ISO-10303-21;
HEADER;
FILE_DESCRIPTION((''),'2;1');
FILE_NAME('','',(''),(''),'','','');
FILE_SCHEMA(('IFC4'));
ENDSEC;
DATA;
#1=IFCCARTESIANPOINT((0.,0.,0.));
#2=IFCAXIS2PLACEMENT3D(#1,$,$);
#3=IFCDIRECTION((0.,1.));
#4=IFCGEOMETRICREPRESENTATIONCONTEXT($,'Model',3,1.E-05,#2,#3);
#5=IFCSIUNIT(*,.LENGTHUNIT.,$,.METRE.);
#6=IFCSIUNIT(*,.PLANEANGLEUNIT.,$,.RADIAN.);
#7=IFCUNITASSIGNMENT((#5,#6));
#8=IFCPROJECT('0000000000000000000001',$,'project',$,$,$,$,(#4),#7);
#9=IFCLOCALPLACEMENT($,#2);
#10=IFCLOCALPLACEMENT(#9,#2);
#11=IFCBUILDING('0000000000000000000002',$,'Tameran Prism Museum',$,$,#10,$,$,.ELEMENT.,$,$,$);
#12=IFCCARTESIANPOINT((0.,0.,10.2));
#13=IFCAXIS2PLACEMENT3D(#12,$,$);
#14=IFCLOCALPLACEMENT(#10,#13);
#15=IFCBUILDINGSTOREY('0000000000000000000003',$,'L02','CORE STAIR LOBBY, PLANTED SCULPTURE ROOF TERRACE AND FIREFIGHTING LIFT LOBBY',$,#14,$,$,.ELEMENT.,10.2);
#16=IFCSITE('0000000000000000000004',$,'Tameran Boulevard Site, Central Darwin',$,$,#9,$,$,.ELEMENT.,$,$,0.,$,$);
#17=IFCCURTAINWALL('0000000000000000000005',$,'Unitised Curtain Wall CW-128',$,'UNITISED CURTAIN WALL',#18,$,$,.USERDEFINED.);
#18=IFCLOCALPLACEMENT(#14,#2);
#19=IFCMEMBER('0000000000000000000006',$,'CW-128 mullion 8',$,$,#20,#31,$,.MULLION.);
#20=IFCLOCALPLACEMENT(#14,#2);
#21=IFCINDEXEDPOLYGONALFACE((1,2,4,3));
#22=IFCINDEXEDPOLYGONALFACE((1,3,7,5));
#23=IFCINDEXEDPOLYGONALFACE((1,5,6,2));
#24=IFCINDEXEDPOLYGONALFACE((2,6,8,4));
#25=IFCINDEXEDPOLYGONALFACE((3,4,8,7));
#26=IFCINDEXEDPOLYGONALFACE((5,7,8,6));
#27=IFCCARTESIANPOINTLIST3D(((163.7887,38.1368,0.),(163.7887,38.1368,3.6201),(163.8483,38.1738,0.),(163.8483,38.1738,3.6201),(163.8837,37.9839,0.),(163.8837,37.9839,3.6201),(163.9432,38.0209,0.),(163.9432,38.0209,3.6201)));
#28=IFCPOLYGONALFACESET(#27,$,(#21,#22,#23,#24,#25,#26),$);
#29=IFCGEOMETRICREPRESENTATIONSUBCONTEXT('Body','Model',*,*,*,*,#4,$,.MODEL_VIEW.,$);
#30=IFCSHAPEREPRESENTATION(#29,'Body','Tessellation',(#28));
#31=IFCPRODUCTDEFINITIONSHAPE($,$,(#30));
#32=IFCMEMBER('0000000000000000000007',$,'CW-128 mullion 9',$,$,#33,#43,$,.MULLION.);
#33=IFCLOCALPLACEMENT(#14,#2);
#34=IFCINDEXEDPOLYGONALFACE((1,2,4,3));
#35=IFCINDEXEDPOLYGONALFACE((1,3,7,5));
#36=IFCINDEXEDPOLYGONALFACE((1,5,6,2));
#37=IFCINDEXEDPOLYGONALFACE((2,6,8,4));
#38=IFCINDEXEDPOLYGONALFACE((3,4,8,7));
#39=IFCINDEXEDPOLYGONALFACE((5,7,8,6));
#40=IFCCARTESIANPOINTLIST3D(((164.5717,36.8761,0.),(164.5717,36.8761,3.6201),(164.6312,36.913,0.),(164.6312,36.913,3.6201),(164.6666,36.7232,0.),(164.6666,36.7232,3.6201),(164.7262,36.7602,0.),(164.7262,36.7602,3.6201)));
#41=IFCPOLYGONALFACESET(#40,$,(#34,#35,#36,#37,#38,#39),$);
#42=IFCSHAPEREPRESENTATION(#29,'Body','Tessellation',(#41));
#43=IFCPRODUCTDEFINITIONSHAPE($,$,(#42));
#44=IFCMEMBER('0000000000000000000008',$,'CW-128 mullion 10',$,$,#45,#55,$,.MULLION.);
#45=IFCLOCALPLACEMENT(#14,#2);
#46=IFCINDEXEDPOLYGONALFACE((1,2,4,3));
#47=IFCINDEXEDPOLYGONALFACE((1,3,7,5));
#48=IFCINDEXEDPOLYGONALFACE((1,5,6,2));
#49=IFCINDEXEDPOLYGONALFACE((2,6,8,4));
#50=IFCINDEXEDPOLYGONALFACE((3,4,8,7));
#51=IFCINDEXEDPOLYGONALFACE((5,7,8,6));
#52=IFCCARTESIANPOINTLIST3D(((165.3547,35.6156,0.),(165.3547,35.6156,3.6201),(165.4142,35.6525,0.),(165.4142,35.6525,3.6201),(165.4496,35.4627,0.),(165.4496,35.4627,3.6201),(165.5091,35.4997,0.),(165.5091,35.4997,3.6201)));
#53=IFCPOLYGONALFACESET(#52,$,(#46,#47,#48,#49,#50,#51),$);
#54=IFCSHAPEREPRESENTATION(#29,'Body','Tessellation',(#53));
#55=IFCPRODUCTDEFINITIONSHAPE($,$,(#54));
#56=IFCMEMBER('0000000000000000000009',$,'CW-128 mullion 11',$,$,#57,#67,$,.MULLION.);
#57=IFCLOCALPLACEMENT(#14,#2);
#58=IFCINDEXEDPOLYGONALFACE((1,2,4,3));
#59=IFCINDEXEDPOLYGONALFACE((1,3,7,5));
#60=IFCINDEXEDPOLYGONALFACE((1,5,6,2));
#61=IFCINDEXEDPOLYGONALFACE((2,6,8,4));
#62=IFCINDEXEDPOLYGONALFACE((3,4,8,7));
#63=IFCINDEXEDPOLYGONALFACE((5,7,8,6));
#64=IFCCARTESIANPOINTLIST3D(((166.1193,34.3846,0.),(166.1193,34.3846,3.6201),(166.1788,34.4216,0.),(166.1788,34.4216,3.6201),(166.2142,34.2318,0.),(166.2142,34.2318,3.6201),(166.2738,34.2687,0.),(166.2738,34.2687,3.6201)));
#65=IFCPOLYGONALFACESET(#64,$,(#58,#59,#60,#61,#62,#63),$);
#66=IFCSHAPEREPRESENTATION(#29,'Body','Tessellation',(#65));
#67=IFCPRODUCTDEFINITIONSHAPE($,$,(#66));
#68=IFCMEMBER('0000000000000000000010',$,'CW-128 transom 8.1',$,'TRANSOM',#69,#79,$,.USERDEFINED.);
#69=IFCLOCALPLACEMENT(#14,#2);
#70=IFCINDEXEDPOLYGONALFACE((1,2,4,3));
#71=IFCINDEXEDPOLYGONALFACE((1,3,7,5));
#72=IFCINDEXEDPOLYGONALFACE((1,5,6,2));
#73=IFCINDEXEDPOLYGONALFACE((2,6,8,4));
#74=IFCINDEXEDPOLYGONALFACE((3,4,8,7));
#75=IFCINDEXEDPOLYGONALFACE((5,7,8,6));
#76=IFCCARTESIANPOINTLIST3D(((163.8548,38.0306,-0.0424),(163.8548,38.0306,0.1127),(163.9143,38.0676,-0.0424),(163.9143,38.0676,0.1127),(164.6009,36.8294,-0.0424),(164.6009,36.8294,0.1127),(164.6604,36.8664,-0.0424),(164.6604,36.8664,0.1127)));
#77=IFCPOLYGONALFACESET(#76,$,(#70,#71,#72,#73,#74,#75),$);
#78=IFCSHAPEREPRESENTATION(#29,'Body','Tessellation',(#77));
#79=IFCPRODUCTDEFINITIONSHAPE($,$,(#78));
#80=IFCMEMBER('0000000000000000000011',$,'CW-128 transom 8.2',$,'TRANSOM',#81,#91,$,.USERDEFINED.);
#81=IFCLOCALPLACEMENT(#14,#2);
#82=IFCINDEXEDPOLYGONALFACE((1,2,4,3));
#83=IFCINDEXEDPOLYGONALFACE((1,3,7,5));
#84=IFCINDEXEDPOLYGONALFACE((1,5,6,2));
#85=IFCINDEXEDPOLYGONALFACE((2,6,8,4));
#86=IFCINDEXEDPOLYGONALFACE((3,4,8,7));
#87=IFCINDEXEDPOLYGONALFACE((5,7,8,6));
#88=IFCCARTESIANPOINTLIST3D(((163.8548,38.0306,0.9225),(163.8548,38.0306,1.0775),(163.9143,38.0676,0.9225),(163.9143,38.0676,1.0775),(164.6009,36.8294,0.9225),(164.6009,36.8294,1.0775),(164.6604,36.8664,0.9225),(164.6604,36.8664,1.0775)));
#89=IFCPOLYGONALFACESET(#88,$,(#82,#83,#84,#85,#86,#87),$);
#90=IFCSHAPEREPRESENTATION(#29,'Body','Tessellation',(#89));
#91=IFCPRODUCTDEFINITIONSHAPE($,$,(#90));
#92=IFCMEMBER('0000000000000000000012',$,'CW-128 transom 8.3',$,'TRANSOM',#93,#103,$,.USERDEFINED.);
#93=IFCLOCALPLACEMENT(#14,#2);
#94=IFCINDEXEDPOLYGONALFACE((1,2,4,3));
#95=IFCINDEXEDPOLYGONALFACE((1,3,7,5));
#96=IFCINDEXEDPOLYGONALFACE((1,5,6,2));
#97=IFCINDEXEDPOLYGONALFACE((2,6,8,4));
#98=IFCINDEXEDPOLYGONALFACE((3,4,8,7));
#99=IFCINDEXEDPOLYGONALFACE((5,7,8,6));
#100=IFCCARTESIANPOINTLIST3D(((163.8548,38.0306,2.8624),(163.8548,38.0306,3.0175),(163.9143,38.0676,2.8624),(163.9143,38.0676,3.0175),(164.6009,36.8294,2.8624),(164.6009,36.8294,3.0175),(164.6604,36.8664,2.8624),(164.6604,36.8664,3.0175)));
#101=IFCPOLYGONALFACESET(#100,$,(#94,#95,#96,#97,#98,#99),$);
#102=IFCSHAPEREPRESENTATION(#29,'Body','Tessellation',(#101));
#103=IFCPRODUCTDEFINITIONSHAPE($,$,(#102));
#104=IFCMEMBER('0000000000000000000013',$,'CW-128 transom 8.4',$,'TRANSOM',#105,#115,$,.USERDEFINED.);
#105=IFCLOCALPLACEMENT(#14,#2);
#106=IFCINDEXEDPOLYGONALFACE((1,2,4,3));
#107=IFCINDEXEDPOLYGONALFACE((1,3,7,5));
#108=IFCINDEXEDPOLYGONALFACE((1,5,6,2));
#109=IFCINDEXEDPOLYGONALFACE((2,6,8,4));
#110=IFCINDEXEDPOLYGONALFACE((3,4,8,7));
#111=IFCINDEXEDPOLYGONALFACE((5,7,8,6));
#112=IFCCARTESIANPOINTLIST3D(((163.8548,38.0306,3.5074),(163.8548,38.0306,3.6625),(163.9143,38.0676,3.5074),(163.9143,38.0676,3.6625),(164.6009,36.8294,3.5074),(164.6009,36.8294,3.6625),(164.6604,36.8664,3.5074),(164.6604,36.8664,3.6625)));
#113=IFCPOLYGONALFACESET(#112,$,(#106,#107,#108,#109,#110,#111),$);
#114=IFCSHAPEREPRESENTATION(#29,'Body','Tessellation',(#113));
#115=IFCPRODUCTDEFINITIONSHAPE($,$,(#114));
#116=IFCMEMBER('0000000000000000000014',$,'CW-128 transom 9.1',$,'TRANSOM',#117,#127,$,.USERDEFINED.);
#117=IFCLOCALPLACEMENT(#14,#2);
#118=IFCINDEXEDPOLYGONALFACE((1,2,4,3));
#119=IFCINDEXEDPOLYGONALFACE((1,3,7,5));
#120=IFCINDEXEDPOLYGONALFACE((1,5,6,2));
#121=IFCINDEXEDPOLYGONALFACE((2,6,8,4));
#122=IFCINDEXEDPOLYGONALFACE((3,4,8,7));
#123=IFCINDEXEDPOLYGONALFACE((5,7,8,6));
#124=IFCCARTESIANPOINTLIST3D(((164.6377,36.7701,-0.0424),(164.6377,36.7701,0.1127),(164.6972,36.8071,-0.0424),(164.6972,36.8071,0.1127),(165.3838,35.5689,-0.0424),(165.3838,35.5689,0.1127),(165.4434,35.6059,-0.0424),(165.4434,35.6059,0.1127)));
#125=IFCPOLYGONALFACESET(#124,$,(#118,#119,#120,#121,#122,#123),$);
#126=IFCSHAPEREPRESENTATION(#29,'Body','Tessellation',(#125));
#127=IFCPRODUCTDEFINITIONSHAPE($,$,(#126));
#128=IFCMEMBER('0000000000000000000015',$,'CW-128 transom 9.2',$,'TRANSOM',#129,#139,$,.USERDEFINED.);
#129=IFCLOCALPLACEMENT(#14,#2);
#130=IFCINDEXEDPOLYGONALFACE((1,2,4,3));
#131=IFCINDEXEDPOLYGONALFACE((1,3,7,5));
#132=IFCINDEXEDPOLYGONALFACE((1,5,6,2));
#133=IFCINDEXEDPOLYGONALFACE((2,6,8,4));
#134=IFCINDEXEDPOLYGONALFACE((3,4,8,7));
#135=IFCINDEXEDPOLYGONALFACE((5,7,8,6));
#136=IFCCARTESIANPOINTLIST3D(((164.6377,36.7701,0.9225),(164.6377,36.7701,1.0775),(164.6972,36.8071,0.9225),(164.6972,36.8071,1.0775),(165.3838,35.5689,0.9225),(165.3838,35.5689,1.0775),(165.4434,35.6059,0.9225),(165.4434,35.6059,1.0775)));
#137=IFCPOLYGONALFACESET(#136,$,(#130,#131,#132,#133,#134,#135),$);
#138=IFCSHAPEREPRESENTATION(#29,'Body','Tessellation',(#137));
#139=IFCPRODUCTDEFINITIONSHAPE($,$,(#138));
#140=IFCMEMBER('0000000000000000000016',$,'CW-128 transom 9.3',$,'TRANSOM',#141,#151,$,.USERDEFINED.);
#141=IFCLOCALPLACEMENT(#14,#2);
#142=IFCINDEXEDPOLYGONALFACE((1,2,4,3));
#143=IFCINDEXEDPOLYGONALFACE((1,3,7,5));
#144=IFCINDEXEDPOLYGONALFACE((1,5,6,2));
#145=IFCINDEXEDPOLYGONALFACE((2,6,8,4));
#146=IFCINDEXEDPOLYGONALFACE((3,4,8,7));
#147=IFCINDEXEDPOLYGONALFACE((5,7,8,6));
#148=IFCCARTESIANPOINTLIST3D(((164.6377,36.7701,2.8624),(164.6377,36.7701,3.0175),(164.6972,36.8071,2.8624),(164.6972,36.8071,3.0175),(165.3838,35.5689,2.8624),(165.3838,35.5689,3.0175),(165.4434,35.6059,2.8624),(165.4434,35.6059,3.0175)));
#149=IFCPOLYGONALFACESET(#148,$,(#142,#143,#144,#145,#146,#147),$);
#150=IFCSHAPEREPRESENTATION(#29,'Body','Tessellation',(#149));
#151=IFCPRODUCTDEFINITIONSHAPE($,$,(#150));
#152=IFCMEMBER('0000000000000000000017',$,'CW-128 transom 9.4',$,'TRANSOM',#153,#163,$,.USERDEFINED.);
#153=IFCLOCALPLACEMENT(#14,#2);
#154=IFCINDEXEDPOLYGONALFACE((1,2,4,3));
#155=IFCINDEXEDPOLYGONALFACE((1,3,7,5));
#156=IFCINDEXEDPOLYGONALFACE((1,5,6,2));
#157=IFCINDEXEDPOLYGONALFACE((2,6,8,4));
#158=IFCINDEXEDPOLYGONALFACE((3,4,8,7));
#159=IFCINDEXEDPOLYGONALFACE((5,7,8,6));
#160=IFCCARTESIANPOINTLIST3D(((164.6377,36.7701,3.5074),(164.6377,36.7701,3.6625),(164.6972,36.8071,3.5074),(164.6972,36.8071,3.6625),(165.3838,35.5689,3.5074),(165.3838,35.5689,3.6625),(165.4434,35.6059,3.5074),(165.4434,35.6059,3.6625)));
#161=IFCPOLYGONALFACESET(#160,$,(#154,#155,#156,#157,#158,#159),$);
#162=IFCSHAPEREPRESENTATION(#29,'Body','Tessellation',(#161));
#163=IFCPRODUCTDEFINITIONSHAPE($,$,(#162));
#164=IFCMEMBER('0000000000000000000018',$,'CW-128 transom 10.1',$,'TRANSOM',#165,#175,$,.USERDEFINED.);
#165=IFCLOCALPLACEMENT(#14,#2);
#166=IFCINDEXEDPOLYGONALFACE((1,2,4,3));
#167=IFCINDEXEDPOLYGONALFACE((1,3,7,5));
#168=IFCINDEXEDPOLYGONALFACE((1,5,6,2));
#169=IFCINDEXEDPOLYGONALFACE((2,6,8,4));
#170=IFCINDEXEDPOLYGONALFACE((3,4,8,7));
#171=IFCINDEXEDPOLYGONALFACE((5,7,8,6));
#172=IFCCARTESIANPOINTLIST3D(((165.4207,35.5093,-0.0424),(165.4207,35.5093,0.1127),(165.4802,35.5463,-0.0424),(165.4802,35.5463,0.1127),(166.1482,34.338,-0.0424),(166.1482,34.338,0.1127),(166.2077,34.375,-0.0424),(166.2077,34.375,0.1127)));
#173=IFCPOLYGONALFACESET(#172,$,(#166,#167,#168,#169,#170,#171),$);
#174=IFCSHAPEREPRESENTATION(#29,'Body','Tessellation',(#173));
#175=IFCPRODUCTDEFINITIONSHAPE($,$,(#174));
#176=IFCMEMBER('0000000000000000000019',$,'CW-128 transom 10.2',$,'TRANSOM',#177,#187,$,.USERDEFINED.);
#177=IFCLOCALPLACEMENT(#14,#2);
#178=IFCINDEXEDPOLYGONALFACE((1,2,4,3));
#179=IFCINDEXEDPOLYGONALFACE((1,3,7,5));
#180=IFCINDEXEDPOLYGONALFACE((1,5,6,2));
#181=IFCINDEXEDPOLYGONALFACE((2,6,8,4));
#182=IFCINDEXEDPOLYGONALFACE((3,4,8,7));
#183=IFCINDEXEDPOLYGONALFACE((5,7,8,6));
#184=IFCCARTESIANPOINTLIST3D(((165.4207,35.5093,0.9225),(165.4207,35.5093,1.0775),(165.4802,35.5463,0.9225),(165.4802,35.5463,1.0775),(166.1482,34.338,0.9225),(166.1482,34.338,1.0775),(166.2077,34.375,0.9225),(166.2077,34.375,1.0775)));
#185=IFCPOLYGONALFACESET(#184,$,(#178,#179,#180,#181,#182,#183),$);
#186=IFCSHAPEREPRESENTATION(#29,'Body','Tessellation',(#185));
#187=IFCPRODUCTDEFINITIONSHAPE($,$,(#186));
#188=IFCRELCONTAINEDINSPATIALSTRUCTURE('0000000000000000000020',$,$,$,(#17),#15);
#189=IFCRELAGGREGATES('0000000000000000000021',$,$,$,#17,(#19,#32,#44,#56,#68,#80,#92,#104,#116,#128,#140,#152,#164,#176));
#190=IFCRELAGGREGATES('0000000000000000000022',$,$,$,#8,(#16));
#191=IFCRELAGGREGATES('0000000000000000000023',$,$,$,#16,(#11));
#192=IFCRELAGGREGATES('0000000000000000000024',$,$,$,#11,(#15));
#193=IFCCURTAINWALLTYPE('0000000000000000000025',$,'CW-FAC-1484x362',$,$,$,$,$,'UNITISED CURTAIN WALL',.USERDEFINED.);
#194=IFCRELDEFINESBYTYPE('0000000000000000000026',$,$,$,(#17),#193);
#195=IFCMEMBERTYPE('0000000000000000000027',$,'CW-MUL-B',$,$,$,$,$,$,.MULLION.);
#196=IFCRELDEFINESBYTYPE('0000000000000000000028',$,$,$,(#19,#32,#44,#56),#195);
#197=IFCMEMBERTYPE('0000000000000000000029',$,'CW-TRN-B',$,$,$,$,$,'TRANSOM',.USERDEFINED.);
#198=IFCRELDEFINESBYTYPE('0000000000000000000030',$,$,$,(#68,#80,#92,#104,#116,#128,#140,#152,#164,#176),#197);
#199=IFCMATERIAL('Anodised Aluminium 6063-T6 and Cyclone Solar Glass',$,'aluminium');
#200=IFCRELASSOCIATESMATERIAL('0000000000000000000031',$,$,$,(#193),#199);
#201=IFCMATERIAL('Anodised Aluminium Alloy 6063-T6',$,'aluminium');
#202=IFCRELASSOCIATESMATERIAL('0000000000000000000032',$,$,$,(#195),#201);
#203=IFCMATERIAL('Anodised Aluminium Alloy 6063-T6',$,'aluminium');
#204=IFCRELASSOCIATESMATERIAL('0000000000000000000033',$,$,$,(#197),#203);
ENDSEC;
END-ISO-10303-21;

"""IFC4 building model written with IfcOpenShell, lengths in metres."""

from ifc_helpers import new_model, si_unit, direction, frame, origin, origin_2d, place, context, subcontext, project, spatial, rectangle, extrude, material, material_profile, profile_set, type_object, element, aggregate, save


model = new_model("IFC4")

# Units and contexts
model_context = context("Model", 3, precision=1e-05, world=origin(), true_north=direction((0.0, 1.0)))
body_context = subcontext(model_context, "Body", "Model", "MODEL_VIEW")
ifc_project = project(units=[si_unit("LENGTHUNIT", "METRE"), si_unit("PLANEANGLEUNIT", "RADIAN")], contexts=[model_context])

# Site, building, storey
site_placement = place(None, origin())
site = spatial("IfcSite", under=ifc_project, at=site_placement, Name="Tameran Boulevard Site, Central Darwin", CompositionType="ELEMENT", RefElevation=0.0)
building_placement = place(site_placement, origin())
building = spatial("IfcBuilding", under=site, at=building_placement, Name="Tameran Prism Museum", CompositionType="ELEMENT")
storey_placement = place(building_placement, frame((0.0, 0.0, 10.2)))
storey = spatial("IfcBuildingStorey", under=building, at=storey_placement, Name="L02", Description="CORE STAIR LOBBY, PLANTED SCULPTURE ROOF TERRACE AND FIREFIGHTING LIFT LOBBY", CompositionType="ELEMENT", Elevation=10.2)

# Curtain wall, members
ifc_material_1 = material(Name="Anodised Aluminium 6063-T6 and Cyclone Solar Glass", Category="aluminium")
curtain_wall_type = type_object("IfcCurtainWallType", Name="CW-FAC-1484x362", ElementType="UNITISED CURTAIN WALL", PredefinedType="USERDEFINED", material=ifc_material_1)
curtain_wall_placement = place(storey_placement, origin())
curtain_wall = element("IfcCurtainWall", 1, at=curtain_wall_placement, inside=storey, type_object=curtain_wall_type, Name="Unitised Curtain Wall CW-128", ObjectType="UNITISED CURTAIN WALL", PredefinedType="USERDEFINED")
ifc_material_2 = material(Name="Anodised Aluminium Alloy 6063-T6", Category="aluminium")
ifc_material_profile_1 = material_profile(ifc_material_2, rectangle(XDim=0.0701, YDim=0.1799, at=origin_2d()))
ifc_profile_set_1 = profile_set([ifc_material_profile_1])
member_type_1 = type_object("IfcMemberType", Name="CW-MUL-B", PredefinedType="MULLION", material=ifc_profile_set_1)
member_1_placement = place(storey_placement, frame((163.866, 38.0789, 0.0), z_axis=(0.0, 0.0, 1.0), x_axis=(0.849471, 0.527635, 0.0)))
member_1 = element("IfcMember", 2, at=member_1_placement, type_object=member_type_1, Name="CW-128 mullion 8", PredefinedType="MULLION", context=body_context, shape_type="SweptSolid", body=[
    extrude(rectangle(XDim=0.0701, YDim=0.1799, at=origin_2d()), origin(), (0.0, 0.0, 1.0), 3.6201),
])
member_2_placement = place(storey_placement, frame((164.6489, 36.8181, 0.0), z_axis=(0.0, 0.0, 1.0), x_axis=(0.849471, 0.527635, 0.0)))
member_2 = element("IfcMember", 3, at=member_2_placement, type_object=member_type_1, Name="CW-128 mullion 9", PredefinedType="MULLION", context=body_context, shape_type="SweptSolid", body=[
    extrude(rectangle(XDim=0.0701, YDim=0.1799, at=origin_2d()), origin(), (0.0, 0.0, 1.0), 3.6201),
])
member_3_placement = place(storey_placement, frame((165.4319, 35.5576, 0.0), z_axis=(0.0, 0.0, 1.0), x_axis=(0.849471, 0.527635, 0.0)))
member_3 = element("IfcMember", 4, at=member_3_placement, type_object=member_type_1, Name="CW-128 mullion 10", PredefinedType="MULLION", context=body_context, shape_type="SweptSolid", body=[
    extrude(rectangle(XDim=0.0701, YDim=0.1799, at=origin_2d()), origin(), (0.0, 0.0, 1.0), 3.6201),
])
member_4_placement = place(storey_placement, frame((166.1965, 34.3267, 0.0), z_axis=(0.0, 0.0, 1.0), x_axis=(0.849471, 0.527635, 0.0)))
member_4 = element("IfcMember", 5, at=member_4_placement, type_object=member_type_1, Name="CW-128 mullion 11", PredefinedType="MULLION", context=body_context, shape_type="SweptSolid", body=[
    extrude(rectangle(XDim=0.0701, YDim=0.1799, at=origin_2d()), origin(), (0.0, 0.0, 1.0), 3.6201),
])
ifc_material_3 = material(Name="Anodised Aluminium Alloy 6063-T6", Category="aluminium")
ifc_material_profile_2 = material_profile(ifc_material_3, rectangle(XDim=0.0701, YDim=0.155, at=origin_2d()))
ifc_profile_set_2 = profile_set([ifc_material_profile_2])
member_type_2 = type_object("IfcMemberType", Name="CW-TRN-B", ElementType="TRANSOM", PredefinedType="USERDEFINED", material=ifc_profile_set_2)
member_5_placement = place(storey_placement, frame((163.8845, 38.0491, 0.0352), z_axis=(0.527638, -0.849469, 0.0), x_axis=(0.849469, 0.527638, 0.0)))
member_5 = element("IfcMember", 6, at=member_5_placement, type_object=member_type_2, Name="CW-128 transom 8.1", ObjectType="TRANSOM", PredefinedType="USERDEFINED", context=body_context, shape_type="SweptSolid", body=[
    extrude(rectangle(XDim=0.0701, YDim=0.155, at=origin_2d()), origin(), (0.0, 0.0, 1.0), 1.4141),
])
member_6_placement = place(storey_placement, frame((163.8845, 38.0491, 1.0), z_axis=(0.527638, -0.849469, 0.0), x_axis=(0.849469, 0.527638, 0.0)))
member_6 = element("IfcMember", 7, at=member_6_placement, type_object=member_type_2, Name="CW-128 transom 8.2", ObjectType="TRANSOM", PredefinedType="USERDEFINED", context=body_context, shape_type="SweptSolid", body=[
    extrude(rectangle(XDim=0.0701, YDim=0.155, at=origin_2d()), origin(), (0.0, 0.0, 1.0), 1.4141),
])
member_7_placement = place(storey_placement, frame((163.8845, 38.0491, 2.9399), z_axis=(0.527638, -0.849469, 0.0), x_axis=(0.849469, 0.527638, 0.0)))
member_7 = element("IfcMember", 8, at=member_7_placement, type_object=member_type_2, Name="CW-128 transom 8.3", ObjectType="TRANSOM", PredefinedType="USERDEFINED", context=body_context, shape_type="SweptSolid", body=[
    extrude(rectangle(XDim=0.0701, YDim=0.155, at=origin_2d()), origin(), (0.0, 0.0, 1.0), 1.4141),
])
member_8_placement = place(storey_placement, frame((163.8845, 38.0491, 3.585), z_axis=(0.527638, -0.849469, 0.0), x_axis=(0.849469, 0.527638, 0.0)))
member_8 = element("IfcMember", 9, at=member_8_placement, type_object=member_type_2, Name="CW-128 transom 8.4", ObjectType="TRANSOM", PredefinedType="USERDEFINED", context=body_context, shape_type="SweptSolid", body=[
    extrude(rectangle(XDim=0.0701, YDim=0.155, at=origin_2d()), origin(), (0.0, 0.0, 1.0), 1.4141),
])
member_9_placement = place(storey_placement, frame((164.6675, 36.7886, 0.0352), z_axis=(0.527638, -0.849469, 0.0), x_axis=(0.849469, 0.527638, 0.0)))
member_9 = element("IfcMember", 10, at=member_9_placement, type_object=member_type_2, Name="CW-128 transom 9.1", ObjectType="TRANSOM", PredefinedType="USERDEFINED", context=body_context, shape_type="SweptSolid", body=[
    extrude(rectangle(XDim=0.0701, YDim=0.155, at=origin_2d()), origin(), (0.0, 0.0, 1.0), 1.4141),
])
member_10_placement = place(storey_placement, frame((164.6675, 36.7886, 1.0), z_axis=(0.527638, -0.849469, 0.0), x_axis=(0.849469, 0.527638, 0.0)))
member_10 = element("IfcMember", 11, at=member_10_placement, type_object=member_type_2, Name="CW-128 transom 9.2", ObjectType="TRANSOM", PredefinedType="USERDEFINED", context=body_context, shape_type="SweptSolid", body=[
    extrude(rectangle(XDim=0.0701, YDim=0.155, at=origin_2d()), origin(), (0.0, 0.0, 1.0), 1.4141),
])
member_11_placement = place(storey_placement, frame((164.6675, 36.7886, 2.9399), z_axis=(0.527638, -0.849469, 0.0), x_axis=(0.849469, 0.527638, 0.0)))
member_11 = element("IfcMember", 12, at=member_11_placement, type_object=member_type_2, Name="CW-128 transom 9.3", ObjectType="TRANSOM", PredefinedType="USERDEFINED", context=body_context, shape_type="SweptSolid", body=[
    extrude(rectangle(XDim=0.0701, YDim=0.155, at=origin_2d()), origin(), (0.0, 0.0, 1.0), 1.4141),
])
member_12_placement = place(storey_placement, frame((164.6675, 36.7886, 3.585), z_axis=(0.527638, -0.849469, 0.0), x_axis=(0.849469, 0.527638, 0.0)))
member_12 = element("IfcMember", 13, at=member_12_placement, type_object=member_type_2, Name="CW-128 transom 9.4", ObjectType="TRANSOM", PredefinedType="USERDEFINED", context=body_context, shape_type="SweptSolid", body=[
    extrude(rectangle(XDim=0.0701, YDim=0.155, at=origin_2d()), origin(), (0.0, 0.0, 1.0), 1.4141),
])
member_13_placement = place(storey_placement, frame((165.4504, 35.5278, 0.0352), z_axis=(0.52761, -0.849487, 0.0), x_axis=(0.849487, 0.52761, 0.0)))
member_13 = element("IfcMember", 14, at=member_13_placement, type_object=member_type_2, Name="CW-128 transom 10.1", ObjectType="TRANSOM", PredefinedType="USERDEFINED", context=body_context, shape_type="SweptSolid", body=[
    extrude(rectangle(XDim=0.0701, YDim=0.155, at=origin_2d()), origin(), (0.0, 0.0, 1.0), 1.3789),
])
member_14_placement = place(storey_placement, frame((165.4504, 35.5278, 1.0), z_axis=(0.52761, -0.849487, 0.0), x_axis=(0.849487, 0.52761, 0.0)))
member_14 = element("IfcMember", 15, at=member_14_placement, type_object=member_type_2, Name="CW-128 transom 10.2", ObjectType="TRANSOM", PredefinedType="USERDEFINED", context=body_context, shape_type="SweptSolid", body=[
    extrude(rectangle(XDim=0.0701, YDim=0.155, at=origin_2d()), origin(), (0.0, 0.0, 1.0), 1.3789),
])
aggregate(curtain_wall, [member_1, member_2, member_3, member_4, member_5, member_6, member_7, member_8, member_9, member_10, member_11, member_12, member_13, member_14])

save(model, "model.ifc")
